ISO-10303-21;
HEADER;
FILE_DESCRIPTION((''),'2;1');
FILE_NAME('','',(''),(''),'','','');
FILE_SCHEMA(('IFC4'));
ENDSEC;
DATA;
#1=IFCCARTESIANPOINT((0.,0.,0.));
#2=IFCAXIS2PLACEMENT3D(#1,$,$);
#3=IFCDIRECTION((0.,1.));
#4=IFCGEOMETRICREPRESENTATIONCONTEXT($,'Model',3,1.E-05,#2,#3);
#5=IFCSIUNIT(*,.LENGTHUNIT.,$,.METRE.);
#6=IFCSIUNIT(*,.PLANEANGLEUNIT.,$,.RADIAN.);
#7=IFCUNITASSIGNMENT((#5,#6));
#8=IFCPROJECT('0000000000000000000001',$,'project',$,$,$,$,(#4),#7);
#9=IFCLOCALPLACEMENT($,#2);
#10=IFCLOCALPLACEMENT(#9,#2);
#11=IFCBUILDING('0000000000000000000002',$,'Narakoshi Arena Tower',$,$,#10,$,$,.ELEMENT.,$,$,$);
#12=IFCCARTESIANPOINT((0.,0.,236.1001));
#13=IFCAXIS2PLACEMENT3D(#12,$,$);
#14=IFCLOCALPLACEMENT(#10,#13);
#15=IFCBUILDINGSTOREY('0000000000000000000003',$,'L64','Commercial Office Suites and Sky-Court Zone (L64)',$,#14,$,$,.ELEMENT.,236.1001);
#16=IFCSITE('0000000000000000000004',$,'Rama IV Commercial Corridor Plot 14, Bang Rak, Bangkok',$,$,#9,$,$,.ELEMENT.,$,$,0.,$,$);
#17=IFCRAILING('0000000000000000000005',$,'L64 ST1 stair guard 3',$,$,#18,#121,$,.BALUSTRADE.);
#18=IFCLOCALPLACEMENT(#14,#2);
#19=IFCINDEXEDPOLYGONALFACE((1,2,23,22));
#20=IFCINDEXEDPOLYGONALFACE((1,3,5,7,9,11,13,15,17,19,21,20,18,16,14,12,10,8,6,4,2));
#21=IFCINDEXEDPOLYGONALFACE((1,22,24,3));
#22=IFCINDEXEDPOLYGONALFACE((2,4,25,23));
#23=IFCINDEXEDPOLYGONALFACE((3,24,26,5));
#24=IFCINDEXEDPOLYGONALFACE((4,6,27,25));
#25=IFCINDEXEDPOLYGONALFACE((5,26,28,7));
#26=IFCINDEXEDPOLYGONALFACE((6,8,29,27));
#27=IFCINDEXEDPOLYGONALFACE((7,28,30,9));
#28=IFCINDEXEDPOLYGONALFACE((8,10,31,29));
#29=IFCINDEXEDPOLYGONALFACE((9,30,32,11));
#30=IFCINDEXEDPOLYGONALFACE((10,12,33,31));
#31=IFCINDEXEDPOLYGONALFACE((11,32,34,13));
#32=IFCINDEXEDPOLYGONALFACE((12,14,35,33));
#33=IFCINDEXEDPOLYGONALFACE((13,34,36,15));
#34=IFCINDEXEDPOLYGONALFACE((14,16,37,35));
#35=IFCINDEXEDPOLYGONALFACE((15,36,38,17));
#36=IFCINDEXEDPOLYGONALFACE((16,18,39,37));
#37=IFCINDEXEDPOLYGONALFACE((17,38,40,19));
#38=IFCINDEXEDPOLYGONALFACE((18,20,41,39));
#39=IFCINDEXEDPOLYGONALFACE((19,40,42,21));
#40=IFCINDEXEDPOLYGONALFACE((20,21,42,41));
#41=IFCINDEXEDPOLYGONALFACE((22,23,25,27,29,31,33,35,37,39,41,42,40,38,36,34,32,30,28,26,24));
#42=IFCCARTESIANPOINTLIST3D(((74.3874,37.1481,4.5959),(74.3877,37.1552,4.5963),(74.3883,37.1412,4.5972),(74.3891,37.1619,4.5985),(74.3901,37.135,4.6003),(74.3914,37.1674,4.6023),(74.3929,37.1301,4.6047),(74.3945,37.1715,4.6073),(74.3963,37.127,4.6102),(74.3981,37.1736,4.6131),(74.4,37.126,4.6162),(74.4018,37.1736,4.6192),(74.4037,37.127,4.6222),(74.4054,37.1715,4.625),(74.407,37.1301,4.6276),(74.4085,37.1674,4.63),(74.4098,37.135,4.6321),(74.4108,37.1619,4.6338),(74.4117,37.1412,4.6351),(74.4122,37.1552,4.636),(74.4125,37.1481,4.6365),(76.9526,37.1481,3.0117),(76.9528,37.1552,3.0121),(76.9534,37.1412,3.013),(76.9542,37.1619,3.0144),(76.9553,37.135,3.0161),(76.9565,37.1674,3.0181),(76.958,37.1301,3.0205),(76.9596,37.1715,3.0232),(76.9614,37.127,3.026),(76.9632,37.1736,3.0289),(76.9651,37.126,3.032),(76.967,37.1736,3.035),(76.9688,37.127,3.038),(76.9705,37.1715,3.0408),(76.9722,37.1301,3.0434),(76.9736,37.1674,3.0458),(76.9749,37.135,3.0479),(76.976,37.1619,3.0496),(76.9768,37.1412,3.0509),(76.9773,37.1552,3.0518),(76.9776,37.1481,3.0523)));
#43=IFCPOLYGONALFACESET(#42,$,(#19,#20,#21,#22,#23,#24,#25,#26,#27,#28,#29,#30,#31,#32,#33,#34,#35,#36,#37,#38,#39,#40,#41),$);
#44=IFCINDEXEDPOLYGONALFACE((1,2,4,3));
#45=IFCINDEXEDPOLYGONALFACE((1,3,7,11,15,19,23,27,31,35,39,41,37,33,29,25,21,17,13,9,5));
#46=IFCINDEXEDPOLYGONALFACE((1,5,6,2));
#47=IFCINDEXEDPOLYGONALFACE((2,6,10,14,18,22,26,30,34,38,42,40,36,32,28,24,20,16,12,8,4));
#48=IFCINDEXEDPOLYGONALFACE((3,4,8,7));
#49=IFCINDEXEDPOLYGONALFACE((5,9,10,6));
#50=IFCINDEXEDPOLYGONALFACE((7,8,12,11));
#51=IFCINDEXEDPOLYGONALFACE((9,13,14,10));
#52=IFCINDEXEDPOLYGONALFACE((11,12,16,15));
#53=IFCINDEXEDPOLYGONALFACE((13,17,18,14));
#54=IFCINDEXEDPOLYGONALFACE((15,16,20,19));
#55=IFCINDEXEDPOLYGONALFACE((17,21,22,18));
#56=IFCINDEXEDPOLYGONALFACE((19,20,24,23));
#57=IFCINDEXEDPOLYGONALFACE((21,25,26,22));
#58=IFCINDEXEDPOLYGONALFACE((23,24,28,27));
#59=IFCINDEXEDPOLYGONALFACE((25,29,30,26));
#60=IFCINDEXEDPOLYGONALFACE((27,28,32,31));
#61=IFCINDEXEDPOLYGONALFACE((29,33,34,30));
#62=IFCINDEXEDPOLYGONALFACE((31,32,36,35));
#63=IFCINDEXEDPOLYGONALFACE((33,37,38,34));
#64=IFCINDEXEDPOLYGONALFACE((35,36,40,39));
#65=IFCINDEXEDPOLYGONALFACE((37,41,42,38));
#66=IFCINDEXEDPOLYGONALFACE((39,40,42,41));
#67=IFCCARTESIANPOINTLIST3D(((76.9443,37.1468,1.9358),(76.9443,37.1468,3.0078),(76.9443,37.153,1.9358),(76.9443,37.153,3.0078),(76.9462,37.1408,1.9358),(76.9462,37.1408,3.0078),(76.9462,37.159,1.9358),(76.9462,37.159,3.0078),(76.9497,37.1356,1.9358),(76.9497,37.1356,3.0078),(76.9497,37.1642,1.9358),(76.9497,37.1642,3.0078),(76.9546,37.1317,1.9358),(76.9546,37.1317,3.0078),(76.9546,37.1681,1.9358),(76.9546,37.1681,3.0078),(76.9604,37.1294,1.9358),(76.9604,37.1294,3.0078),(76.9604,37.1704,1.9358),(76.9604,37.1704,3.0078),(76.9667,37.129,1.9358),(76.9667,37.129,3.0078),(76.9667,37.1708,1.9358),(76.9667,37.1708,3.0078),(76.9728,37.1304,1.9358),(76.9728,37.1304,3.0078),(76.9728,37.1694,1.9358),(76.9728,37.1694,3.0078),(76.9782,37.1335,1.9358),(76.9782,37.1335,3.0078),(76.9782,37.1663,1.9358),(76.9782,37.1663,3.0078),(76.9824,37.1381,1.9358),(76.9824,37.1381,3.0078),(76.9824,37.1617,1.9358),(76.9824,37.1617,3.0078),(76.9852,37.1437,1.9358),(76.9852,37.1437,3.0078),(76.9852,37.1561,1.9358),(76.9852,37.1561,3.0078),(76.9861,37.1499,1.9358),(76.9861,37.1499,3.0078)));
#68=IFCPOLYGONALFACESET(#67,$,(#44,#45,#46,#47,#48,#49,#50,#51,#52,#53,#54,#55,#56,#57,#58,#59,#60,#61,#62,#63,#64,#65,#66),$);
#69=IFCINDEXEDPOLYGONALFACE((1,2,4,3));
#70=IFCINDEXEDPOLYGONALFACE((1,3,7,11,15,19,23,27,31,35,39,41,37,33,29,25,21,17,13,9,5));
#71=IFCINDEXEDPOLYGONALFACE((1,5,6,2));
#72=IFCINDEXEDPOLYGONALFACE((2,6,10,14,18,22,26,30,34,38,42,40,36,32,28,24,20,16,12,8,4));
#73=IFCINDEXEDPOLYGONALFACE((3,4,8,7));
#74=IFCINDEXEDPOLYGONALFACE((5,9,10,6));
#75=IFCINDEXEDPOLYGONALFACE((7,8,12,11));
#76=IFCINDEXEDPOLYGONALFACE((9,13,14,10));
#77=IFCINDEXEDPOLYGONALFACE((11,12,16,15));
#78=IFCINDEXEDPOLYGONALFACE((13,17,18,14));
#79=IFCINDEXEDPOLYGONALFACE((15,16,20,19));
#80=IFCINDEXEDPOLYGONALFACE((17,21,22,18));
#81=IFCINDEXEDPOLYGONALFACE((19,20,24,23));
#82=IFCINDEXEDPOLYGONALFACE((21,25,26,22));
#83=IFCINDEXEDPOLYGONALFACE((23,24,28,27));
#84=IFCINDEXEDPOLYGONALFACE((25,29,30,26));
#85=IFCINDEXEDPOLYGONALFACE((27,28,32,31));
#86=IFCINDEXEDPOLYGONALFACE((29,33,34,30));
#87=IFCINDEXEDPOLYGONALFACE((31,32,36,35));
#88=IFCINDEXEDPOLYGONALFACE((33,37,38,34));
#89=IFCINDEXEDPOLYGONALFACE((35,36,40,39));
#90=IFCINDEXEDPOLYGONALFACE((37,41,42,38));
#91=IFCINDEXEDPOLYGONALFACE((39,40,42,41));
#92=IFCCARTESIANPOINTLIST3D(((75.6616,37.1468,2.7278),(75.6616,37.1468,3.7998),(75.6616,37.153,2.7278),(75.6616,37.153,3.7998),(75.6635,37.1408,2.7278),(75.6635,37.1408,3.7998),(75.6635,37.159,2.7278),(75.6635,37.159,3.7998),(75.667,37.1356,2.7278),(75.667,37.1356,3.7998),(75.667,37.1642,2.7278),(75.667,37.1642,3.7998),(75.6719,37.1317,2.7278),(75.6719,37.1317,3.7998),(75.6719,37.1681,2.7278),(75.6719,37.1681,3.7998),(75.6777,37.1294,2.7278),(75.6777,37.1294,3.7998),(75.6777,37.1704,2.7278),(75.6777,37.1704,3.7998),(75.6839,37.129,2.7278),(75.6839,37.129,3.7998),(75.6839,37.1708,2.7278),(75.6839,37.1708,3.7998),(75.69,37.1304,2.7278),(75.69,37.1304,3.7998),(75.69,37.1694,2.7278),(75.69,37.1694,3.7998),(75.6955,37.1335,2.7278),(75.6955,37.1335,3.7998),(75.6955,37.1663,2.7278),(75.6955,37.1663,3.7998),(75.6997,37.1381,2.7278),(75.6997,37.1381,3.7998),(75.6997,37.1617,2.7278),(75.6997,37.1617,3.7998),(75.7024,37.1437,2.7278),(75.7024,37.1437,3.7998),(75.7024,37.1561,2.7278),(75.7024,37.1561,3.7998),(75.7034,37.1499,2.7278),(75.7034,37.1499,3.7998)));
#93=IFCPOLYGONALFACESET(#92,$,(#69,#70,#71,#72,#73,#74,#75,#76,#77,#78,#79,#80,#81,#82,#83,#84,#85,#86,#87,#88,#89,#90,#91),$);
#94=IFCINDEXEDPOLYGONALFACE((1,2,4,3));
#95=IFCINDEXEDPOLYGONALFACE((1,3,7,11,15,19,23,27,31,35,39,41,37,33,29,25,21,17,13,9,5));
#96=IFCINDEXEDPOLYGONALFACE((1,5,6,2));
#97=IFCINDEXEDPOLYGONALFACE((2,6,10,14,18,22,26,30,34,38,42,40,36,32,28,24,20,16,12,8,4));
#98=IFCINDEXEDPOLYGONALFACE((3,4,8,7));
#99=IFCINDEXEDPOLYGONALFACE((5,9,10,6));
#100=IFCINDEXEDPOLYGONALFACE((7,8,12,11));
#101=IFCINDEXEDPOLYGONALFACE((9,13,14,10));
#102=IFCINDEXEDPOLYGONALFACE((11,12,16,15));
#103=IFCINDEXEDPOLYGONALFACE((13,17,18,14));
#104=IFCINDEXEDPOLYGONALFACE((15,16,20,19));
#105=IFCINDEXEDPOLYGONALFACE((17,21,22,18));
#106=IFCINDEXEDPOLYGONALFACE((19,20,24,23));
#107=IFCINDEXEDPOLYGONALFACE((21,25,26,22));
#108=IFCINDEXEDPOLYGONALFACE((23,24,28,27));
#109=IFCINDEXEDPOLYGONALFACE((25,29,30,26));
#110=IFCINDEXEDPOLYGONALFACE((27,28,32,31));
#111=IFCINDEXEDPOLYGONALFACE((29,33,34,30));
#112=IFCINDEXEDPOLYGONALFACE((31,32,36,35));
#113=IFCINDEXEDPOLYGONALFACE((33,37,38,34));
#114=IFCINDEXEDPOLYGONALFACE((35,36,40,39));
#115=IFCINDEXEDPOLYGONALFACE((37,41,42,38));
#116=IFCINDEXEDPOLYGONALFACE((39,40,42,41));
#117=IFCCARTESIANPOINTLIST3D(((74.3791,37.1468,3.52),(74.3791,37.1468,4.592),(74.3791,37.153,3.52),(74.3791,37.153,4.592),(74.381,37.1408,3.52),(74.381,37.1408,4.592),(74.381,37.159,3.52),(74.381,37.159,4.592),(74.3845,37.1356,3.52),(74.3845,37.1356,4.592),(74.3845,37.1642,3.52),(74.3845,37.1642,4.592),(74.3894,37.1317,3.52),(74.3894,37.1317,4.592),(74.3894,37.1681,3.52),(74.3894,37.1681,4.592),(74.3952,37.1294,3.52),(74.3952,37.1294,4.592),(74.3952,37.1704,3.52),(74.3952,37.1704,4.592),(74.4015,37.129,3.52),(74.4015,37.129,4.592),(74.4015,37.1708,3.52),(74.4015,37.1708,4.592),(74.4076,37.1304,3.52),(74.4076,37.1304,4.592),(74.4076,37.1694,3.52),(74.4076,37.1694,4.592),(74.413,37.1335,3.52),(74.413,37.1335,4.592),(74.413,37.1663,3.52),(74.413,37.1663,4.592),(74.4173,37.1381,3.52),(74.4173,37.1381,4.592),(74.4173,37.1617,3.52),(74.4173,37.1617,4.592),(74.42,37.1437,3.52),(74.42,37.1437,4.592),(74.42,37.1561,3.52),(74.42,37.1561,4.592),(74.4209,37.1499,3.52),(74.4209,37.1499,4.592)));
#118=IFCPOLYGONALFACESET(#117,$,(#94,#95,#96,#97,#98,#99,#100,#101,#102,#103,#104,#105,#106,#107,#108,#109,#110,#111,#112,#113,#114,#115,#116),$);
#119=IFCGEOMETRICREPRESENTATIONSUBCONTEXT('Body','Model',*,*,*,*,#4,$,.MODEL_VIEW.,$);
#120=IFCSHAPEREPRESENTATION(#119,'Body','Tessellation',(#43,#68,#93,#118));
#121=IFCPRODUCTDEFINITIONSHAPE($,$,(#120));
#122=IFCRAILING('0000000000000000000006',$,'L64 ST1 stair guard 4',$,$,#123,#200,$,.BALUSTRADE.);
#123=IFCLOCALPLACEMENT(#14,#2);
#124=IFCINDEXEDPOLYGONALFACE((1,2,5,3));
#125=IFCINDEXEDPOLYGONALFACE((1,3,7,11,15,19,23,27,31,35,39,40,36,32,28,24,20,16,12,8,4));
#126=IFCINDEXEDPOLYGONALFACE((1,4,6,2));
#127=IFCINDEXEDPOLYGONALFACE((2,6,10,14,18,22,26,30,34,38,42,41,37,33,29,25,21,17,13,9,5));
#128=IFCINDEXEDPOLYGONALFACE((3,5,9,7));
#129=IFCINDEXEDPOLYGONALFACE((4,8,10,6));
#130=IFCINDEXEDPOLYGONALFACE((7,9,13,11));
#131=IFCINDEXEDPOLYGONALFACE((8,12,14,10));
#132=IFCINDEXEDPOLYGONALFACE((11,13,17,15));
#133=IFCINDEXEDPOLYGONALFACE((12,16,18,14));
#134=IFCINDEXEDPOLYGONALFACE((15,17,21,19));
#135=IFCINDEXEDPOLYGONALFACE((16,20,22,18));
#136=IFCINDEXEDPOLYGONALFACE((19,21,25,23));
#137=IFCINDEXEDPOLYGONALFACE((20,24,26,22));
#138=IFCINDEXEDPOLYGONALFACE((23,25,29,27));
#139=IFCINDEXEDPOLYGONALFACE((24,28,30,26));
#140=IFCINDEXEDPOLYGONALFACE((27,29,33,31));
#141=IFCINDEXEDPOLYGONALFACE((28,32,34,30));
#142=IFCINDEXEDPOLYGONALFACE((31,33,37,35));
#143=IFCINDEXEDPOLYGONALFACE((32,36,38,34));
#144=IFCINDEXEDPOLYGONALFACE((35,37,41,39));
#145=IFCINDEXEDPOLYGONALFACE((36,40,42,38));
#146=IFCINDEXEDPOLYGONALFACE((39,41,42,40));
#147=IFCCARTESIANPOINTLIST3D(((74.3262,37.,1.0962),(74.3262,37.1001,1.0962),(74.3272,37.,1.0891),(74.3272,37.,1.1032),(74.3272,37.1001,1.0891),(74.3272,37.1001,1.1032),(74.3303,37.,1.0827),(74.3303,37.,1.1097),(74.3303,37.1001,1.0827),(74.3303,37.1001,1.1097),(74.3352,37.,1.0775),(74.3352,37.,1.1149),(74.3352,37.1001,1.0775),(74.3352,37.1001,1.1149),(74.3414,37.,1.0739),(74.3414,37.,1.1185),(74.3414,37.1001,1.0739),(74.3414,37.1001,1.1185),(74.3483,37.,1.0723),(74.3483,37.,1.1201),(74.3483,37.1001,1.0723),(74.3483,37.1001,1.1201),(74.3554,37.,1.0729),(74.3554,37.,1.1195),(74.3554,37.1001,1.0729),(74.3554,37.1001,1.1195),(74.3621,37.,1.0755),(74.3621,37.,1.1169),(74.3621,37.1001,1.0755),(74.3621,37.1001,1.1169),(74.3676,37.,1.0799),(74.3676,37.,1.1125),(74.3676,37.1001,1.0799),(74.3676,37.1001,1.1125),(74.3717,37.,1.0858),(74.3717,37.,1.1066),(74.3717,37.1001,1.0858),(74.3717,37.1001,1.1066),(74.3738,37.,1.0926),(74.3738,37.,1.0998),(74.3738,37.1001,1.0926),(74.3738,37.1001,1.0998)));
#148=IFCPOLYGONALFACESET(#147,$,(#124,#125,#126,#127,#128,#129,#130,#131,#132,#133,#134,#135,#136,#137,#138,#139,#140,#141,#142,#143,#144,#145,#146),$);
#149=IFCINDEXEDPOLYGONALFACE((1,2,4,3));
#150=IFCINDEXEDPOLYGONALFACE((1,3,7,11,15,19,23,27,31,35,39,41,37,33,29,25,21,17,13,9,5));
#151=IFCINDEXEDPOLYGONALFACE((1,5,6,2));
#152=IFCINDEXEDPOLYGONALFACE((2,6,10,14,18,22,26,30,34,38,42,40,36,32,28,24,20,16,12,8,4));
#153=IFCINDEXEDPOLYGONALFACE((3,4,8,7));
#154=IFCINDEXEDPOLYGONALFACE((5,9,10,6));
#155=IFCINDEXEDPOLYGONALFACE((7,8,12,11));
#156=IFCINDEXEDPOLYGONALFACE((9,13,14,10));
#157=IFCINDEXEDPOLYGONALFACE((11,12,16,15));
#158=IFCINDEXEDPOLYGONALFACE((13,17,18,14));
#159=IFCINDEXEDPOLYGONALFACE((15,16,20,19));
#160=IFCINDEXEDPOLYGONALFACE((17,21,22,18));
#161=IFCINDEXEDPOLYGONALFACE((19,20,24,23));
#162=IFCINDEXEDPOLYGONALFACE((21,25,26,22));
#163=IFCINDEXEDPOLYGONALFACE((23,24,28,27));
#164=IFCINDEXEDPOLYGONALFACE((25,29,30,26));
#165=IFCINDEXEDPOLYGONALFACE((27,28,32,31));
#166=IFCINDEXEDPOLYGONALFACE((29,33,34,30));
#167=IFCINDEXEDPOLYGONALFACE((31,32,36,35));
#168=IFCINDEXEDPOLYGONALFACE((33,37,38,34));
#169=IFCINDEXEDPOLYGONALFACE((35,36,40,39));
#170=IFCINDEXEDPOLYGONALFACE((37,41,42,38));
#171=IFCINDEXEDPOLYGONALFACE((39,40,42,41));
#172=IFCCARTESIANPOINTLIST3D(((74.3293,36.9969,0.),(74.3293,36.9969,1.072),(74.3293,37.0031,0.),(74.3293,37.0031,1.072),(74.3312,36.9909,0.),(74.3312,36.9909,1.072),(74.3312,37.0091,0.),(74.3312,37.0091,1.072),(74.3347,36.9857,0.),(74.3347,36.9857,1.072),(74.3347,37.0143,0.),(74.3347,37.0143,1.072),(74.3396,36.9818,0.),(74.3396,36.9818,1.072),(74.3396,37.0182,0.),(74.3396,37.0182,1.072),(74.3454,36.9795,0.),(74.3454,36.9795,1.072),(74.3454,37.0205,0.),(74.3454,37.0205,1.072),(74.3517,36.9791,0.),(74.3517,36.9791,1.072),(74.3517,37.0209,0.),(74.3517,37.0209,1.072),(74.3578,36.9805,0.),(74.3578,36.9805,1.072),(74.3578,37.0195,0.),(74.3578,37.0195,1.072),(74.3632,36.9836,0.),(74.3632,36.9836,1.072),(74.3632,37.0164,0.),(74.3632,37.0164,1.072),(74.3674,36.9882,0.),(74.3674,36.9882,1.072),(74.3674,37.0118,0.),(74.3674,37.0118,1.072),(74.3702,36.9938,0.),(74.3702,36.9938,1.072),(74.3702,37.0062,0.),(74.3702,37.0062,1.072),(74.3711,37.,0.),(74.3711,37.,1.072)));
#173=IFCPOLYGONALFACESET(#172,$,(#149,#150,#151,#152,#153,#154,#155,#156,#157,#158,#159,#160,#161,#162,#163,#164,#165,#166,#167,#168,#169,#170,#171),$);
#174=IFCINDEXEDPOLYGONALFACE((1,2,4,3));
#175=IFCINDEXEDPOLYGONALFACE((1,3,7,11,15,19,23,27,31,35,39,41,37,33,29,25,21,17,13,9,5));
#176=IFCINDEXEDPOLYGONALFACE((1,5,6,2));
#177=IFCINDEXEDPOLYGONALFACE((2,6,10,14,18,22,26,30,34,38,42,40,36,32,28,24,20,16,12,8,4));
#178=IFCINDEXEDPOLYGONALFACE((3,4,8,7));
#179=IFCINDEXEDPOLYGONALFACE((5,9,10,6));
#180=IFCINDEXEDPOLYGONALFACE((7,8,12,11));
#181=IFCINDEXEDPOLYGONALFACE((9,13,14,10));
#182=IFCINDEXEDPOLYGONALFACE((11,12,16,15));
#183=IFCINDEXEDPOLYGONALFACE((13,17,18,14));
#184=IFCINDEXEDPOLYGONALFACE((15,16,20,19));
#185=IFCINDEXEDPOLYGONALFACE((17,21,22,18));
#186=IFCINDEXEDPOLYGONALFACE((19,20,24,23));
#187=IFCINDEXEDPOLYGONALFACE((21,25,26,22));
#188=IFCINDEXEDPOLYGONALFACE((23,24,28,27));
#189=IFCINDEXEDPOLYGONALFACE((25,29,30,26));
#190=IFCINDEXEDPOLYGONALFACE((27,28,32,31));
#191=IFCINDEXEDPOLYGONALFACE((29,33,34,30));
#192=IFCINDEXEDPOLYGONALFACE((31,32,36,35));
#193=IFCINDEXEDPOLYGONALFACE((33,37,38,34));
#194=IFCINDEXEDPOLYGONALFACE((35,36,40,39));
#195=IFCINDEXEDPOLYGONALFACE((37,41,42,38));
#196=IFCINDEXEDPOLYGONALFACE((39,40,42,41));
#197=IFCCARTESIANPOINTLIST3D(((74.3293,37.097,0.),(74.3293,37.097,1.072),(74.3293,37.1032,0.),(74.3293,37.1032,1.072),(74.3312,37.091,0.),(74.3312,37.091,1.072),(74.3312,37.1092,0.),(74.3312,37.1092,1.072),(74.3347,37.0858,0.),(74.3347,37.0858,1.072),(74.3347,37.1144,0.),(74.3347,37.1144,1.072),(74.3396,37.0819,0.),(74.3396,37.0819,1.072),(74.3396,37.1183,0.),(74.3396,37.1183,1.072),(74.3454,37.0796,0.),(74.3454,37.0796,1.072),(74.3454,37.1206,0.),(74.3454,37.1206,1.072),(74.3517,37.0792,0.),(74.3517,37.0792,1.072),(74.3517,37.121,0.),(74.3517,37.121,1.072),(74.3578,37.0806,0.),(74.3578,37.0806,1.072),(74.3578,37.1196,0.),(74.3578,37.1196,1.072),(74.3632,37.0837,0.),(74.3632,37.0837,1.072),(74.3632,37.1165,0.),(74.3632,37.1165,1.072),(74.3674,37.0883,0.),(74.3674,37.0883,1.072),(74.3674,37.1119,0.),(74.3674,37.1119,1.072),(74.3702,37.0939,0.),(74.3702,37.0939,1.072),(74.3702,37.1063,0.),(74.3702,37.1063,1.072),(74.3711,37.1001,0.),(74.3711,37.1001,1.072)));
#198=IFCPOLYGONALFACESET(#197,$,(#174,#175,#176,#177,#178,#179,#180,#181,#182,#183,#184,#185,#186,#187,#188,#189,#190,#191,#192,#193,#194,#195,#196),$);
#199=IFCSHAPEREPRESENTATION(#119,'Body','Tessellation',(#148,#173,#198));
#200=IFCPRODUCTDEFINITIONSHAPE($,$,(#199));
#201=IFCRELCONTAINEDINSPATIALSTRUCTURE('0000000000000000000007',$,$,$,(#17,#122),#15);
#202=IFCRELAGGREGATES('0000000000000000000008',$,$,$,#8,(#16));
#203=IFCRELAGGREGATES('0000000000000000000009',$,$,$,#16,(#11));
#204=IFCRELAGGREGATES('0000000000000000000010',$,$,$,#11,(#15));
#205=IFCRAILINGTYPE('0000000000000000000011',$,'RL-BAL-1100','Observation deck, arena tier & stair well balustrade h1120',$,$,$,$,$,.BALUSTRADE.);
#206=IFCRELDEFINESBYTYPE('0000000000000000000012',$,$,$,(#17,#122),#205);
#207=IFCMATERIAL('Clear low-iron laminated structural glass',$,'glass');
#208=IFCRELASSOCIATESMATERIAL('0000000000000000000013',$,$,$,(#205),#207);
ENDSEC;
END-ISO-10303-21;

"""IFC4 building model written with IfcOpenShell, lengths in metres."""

from ifc_helpers import new_model, si_unit, direction, frame, origin, origin_2d, place, context, subcontext, project, spatial, circle, extrude, material, type_object, element, save


model = new_model("IFC4")

# Units and contexts
model_context = context("Model", 3, precision=1e-05, world=origin(), true_north=direction((0.0, 1.0)))
body_context = subcontext(model_context, "Body", "Model", "MODEL_VIEW")
ifc_project = project(units=[si_unit("LENGTHUNIT", "METRE"), si_unit("PLANEANGLEUNIT", "RADIAN")], contexts=[model_context])

# Site, building, storey
site_placement = place(None, origin())
site = spatial("IfcSite", under=ifc_project, at=site_placement, Name="Rama IV Commercial Corridor Plot 14, Bang Rak, Bangkok", CompositionType="ELEMENT", RefElevation=0.0)
building_placement = place(site_placement, origin())
building = spatial("IfcBuilding", under=site, at=building_placement, Name="Narakoshi Arena Tower", CompositionType="ELEMENT")
storey_placement = place(building_placement, frame((0.0, 0.0, 236.1001)))
storey = spatial("IfcBuildingStorey", under=building, at=storey_placement, Name="L64", Description="Commercial Office Suites and Sky-Court Zone (L64)", CompositionType="ELEMENT", Elevation=236.1001)

# Railings
ifc_material_1 = material(Name="Clear low-iron laminated structural glass", Category="glass")
railing_type_1 = type_object("IfcRailingType", Name="RL-BAL-1100", Description="Observation deck, arena tier & stair well balustrade h1120", PredefinedType="BALUSTRADE", material=ifc_material_1)
railing_1_placement = place(storey_placement, frame((76.9651, 37.1499, 1.9358)))
element("IfcRailing", 1, at=railing_1_placement, inside=storey, type_object=railing_type_1, Name="L64 ST1 stair guard 3", PredefinedType="BALUSTRADE", context=body_context, shape_type="SweptSolid", body=[
    extrude(circle(Radius=0.0239, at=origin_2d()), frame((0.0, 0.0, 1.0962), z_axis=(-0.85082, 0.0, 0.525457), x_axis=(0.0, -1.0, 0.0)), (0.0, 0.0, 1.0), 3.0149),
    extrude(circle(Radius=0.021, at=origin_2d()), origin(), (0.0, 0.0, 1.0), 1.072),
    extrude(circle(Radius=0.021, at=origin_2d()), frame((-1.2827, 0.0, 0.792)), (0.0, 0.0, 1.0), 1.072),
    extrude(circle(Radius=0.021, at=origin_2d()), frame((-2.5652, 0.0, 1.5842)), (0.0, 0.0, 1.0), 1.072),
])
railing_2_placement = place(storey_placement, frame((74.3501, 37.0, 0.0)))
element("IfcRailing", 2, at=railing_2_placement, inside=storey, type_object=railing_type_1, Name="L64 ST1 stair guard 4", PredefinedType="BALUSTRADE", context=body_context, shape_type="SweptSolid", body=[
    extrude(circle(Radius=0.0239, at=origin_2d()), frame((0.0, 0.0, 1.0962), z_axis=(0.0, 1.0, 0.0), x_axis=(-1.0, 0.0, 0.0)), (0.0, 0.0, 1.0), 0.1001),
    extrude(circle(Radius=0.021, at=origin_2d()), origin(), (0.0, 0.0, 1.0), 1.072),
    extrude(circle(Radius=0.021, at=origin_2d()), frame((0.0, 0.1001, 0.0)), (0.0, 0.0, 1.0), 1.072),
])

save(model, "model.ifc")
